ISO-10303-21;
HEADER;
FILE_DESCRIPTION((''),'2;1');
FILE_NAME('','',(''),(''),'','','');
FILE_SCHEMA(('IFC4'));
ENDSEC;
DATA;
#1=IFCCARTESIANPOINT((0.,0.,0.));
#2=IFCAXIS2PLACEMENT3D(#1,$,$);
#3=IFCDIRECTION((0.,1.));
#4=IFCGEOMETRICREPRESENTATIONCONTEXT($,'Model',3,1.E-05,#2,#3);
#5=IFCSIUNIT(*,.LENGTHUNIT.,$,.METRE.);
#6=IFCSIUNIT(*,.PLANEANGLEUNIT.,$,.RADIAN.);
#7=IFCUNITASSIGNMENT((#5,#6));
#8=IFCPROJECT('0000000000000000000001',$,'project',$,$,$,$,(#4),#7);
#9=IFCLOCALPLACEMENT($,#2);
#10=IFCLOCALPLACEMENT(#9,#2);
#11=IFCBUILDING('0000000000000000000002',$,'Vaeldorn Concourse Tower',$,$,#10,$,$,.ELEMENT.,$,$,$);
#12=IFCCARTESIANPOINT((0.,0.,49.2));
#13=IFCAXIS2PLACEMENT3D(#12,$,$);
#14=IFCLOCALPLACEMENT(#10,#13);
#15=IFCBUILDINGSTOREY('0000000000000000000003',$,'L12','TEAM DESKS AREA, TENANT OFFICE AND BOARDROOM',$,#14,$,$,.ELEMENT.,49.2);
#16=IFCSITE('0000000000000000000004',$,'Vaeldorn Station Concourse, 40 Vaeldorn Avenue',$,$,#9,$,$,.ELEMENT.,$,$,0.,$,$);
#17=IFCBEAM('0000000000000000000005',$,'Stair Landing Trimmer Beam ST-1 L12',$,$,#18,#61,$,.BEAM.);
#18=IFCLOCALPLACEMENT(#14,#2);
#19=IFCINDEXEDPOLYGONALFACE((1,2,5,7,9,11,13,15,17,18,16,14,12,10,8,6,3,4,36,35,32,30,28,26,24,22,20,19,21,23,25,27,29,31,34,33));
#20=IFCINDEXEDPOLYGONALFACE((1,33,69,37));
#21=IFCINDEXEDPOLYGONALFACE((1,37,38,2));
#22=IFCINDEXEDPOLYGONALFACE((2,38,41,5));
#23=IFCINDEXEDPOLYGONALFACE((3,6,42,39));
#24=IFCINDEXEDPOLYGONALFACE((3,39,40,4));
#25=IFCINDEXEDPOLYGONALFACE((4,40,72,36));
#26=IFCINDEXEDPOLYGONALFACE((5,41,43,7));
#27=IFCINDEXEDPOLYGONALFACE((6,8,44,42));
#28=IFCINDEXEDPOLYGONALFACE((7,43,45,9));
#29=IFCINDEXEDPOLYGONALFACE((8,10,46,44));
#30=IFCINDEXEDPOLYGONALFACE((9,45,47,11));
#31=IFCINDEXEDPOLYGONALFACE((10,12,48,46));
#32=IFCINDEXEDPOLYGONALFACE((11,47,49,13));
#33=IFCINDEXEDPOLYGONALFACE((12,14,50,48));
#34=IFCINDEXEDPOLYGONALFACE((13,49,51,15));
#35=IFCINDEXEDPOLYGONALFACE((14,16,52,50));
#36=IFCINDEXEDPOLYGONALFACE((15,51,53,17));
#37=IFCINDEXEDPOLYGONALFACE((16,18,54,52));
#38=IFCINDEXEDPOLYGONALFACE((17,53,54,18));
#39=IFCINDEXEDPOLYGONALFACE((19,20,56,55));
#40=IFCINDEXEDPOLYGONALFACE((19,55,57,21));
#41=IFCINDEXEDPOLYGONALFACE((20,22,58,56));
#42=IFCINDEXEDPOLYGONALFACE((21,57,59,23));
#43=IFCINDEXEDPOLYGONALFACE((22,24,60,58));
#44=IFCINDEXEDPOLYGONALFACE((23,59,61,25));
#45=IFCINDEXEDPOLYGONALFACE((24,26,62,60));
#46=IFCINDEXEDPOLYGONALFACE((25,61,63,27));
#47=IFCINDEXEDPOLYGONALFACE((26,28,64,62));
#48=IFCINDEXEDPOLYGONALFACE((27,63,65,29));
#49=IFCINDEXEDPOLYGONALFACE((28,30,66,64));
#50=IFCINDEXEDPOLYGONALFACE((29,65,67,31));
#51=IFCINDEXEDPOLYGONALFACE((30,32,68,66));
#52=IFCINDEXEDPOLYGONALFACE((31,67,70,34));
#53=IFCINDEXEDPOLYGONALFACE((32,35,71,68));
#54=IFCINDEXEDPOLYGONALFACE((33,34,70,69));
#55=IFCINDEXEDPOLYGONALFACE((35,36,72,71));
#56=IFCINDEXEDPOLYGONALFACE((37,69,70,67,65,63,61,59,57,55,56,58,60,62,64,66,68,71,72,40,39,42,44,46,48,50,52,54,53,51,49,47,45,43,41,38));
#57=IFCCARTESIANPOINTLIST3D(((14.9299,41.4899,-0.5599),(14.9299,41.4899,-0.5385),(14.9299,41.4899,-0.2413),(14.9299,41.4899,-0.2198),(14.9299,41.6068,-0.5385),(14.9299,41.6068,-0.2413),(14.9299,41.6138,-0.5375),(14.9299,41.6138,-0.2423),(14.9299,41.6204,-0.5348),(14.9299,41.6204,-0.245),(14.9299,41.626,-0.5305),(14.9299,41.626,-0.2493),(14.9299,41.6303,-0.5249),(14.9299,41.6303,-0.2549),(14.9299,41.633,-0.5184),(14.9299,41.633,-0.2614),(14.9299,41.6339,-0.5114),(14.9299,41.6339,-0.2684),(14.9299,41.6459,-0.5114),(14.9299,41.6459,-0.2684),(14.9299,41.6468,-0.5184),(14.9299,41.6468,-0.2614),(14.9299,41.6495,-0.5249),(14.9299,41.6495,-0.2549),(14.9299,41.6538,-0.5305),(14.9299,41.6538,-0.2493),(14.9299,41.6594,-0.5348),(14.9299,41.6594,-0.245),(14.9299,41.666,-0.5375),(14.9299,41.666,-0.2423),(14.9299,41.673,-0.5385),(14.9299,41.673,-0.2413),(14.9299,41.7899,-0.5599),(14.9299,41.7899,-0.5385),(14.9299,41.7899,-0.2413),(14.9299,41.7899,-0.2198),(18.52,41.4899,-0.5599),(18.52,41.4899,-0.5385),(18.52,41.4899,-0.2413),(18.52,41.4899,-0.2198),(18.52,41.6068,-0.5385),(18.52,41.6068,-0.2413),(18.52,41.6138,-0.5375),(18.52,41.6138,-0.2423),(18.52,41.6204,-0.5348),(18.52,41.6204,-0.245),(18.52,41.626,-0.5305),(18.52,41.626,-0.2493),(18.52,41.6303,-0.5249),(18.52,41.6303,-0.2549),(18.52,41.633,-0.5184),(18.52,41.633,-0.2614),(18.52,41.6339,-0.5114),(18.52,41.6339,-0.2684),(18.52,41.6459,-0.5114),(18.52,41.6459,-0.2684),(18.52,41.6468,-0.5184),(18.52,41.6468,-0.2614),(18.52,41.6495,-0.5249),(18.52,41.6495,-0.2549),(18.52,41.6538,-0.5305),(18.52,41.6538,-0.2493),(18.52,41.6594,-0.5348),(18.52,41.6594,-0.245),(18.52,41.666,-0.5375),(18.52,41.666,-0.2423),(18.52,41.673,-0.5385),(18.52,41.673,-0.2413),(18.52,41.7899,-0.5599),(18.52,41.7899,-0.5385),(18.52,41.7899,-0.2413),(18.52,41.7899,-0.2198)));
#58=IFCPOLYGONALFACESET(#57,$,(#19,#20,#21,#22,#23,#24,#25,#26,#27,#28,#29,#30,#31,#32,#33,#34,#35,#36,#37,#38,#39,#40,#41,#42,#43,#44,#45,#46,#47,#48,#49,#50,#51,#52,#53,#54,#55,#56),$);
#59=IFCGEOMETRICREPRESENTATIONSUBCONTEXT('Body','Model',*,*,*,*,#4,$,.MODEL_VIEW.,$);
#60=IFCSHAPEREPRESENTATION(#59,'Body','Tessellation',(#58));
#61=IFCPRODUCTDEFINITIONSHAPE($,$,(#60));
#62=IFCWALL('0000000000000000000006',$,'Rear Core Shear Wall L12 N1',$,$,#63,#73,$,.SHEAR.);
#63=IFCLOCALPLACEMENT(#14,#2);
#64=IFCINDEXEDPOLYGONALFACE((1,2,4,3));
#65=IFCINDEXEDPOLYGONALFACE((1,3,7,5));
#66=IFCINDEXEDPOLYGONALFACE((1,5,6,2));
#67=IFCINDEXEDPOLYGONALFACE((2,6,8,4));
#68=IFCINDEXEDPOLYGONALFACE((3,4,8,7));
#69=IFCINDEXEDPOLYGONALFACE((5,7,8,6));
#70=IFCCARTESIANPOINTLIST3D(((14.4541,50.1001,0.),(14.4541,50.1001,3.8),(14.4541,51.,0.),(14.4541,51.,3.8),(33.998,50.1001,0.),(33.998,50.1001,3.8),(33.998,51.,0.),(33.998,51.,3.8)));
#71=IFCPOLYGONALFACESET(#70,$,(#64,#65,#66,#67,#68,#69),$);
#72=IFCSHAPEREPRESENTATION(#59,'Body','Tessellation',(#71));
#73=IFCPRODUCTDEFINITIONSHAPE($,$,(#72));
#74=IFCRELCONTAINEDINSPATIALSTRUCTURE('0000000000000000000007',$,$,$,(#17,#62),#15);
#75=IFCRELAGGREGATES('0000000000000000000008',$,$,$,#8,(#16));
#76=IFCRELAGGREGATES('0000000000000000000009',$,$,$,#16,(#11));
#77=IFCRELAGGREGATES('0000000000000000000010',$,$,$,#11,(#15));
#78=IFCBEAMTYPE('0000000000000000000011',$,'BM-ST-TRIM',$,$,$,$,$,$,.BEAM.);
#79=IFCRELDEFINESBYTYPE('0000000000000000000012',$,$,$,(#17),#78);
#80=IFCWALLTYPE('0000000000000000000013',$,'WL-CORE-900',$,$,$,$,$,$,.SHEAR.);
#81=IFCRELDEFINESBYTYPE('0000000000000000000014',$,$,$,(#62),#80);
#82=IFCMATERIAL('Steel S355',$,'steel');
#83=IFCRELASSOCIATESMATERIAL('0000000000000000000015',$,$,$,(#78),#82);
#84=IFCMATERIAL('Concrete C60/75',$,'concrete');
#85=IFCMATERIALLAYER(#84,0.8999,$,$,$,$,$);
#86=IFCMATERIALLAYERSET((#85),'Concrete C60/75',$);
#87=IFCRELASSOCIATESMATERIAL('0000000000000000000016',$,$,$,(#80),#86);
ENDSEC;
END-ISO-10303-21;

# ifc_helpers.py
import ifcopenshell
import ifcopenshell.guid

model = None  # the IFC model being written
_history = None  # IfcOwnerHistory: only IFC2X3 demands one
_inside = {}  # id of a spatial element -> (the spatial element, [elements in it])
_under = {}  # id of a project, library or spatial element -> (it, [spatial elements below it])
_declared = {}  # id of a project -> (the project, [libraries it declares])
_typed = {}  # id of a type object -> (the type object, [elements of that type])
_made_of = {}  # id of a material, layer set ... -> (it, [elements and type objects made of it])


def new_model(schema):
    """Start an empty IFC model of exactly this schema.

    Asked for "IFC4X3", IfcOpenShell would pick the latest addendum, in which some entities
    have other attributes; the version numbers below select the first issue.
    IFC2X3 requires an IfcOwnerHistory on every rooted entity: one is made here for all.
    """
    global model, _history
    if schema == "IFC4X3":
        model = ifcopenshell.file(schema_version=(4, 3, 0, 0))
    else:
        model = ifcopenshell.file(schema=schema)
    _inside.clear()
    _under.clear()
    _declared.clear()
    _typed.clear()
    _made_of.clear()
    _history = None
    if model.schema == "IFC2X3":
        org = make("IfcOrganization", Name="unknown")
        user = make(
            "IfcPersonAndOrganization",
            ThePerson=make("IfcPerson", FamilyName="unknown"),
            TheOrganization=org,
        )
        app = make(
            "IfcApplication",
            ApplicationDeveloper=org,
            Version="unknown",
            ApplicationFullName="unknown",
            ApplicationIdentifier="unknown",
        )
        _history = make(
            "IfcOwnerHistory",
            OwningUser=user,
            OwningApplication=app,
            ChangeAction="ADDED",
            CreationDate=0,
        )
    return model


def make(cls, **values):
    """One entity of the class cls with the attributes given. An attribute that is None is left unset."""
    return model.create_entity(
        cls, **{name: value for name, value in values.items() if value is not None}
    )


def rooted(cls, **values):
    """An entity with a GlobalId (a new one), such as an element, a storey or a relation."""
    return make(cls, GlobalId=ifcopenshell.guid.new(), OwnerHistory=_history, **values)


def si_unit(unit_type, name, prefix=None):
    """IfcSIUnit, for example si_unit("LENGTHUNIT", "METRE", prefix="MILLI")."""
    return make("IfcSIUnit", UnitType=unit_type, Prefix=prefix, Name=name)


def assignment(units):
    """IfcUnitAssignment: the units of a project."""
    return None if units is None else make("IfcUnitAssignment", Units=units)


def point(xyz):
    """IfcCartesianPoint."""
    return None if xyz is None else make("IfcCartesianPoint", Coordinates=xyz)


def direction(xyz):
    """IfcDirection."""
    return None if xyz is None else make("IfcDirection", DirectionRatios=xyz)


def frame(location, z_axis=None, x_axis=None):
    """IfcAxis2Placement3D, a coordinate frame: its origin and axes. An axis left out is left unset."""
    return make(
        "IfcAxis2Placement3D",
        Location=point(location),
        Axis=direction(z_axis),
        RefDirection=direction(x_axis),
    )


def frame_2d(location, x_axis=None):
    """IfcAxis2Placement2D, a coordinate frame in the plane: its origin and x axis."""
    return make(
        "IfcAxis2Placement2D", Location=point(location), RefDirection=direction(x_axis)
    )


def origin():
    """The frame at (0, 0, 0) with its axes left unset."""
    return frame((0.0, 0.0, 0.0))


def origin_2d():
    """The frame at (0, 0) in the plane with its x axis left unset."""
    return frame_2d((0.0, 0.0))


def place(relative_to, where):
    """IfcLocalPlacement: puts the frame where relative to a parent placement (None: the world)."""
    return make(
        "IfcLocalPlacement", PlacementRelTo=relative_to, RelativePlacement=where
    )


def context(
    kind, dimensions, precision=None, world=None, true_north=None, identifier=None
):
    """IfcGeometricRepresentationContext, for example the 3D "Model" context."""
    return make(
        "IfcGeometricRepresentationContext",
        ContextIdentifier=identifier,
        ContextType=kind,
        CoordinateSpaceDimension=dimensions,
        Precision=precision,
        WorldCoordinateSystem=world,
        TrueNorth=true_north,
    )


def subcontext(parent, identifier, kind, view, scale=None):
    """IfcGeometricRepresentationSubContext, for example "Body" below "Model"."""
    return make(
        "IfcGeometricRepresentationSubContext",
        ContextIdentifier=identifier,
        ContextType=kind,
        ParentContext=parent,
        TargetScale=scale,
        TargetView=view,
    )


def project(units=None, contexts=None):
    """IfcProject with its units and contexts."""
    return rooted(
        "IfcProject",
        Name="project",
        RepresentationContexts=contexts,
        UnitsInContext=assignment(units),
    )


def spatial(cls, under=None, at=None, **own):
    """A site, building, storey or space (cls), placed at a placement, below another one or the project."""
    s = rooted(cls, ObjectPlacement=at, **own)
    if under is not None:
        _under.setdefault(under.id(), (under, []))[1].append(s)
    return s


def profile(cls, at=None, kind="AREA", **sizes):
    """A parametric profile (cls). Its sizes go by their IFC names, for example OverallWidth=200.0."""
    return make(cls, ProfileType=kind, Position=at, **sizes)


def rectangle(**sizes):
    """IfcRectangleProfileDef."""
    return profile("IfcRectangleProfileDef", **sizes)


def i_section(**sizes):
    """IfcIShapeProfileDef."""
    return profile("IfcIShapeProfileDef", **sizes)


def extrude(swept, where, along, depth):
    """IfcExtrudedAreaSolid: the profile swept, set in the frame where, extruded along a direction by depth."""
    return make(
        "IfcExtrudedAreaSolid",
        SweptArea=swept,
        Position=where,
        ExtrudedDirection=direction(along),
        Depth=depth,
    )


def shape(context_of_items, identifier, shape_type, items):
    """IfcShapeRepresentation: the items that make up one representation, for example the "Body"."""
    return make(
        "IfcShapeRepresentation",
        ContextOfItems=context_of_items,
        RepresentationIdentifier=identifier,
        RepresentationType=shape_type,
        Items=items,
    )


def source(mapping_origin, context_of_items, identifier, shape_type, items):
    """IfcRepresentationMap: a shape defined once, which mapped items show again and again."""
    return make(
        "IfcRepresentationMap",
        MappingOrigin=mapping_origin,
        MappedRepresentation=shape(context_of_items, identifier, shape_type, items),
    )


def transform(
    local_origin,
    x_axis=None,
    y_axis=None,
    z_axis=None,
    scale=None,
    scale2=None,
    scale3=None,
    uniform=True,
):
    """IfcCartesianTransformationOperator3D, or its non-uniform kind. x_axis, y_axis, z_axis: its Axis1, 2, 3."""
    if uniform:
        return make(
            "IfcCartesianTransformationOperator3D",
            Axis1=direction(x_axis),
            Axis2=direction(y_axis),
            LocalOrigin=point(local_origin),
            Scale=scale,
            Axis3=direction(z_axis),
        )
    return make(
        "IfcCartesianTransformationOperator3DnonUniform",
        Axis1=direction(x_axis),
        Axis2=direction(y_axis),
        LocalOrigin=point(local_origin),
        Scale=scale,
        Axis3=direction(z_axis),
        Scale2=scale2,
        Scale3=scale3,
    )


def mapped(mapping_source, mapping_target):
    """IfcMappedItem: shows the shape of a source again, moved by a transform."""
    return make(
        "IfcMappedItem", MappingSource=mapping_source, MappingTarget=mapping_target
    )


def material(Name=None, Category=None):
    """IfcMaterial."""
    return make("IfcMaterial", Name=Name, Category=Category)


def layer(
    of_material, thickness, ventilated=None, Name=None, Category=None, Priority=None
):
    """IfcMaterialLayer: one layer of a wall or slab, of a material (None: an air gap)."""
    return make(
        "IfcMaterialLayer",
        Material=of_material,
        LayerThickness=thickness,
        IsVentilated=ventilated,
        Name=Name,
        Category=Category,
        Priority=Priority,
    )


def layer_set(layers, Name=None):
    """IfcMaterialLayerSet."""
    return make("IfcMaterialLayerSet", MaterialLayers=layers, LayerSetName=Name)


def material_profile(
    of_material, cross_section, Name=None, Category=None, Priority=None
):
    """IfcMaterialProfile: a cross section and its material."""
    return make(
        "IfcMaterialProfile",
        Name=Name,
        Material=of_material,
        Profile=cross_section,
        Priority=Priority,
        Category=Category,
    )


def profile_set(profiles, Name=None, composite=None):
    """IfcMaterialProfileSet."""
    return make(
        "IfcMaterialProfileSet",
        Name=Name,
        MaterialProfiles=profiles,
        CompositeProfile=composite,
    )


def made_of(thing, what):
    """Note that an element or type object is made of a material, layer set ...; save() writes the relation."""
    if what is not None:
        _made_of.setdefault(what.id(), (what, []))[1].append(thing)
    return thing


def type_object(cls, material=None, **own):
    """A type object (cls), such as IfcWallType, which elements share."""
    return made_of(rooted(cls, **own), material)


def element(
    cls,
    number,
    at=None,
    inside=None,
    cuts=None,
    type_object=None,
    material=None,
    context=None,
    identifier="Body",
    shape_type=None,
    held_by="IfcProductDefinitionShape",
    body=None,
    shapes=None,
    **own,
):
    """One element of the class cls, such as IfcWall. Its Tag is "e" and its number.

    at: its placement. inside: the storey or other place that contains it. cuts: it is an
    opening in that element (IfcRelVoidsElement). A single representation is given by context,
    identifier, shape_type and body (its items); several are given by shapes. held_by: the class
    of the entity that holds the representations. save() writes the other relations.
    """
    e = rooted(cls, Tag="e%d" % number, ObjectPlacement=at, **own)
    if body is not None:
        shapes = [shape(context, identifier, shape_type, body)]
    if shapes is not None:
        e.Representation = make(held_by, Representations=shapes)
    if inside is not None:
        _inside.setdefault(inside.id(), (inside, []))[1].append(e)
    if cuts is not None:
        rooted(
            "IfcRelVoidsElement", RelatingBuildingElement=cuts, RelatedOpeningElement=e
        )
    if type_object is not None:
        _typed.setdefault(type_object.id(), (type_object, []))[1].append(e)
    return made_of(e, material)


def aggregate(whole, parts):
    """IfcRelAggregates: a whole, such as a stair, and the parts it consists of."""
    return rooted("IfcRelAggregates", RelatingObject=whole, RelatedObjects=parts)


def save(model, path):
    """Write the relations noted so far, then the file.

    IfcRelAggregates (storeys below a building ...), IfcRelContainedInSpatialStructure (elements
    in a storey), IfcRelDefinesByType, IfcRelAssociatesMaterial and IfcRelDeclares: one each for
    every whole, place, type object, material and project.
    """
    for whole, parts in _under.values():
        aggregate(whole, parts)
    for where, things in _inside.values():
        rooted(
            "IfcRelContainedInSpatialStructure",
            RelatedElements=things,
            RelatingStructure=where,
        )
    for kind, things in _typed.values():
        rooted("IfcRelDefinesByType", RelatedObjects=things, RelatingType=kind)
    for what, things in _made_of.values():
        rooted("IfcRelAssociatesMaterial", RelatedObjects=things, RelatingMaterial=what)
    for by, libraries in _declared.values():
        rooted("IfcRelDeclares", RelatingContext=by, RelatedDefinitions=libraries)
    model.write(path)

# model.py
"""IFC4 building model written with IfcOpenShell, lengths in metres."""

from ifc_helpers import new_model, si_unit, direction, frame, frame_2d, origin, origin_2d, place, context, subcontext, project, spatial, rectangle, i_section, extrude, source, transform, mapped, material, layer, layer_set, material_profile, profile_set, type_object, element, save


model = new_model("IFC4")

# Units and contexts
model_context = context("Model", 3, precision=1e-05, world=origin(), true_north=direction((0.0, 1.0)))
body_context = subcontext(model_context, "Body", "Model", "MODEL_VIEW")
ifc_project = project(units=[si_unit("LENGTHUNIT", "METRE"), si_unit("PLANEANGLEUNIT", "RADIAN")], contexts=[model_context])

# Site, building, storey
site_placement = place(None, origin())
site = spatial("IfcSite", under=ifc_project, at=site_placement, Name="Vaeldorn Station Concourse, 40 Vaeldorn Avenue", CompositionType="ELEMENT", RefElevation=0.0)
building_placement = place(site_placement, origin())
building = spatial("IfcBuilding", under=site, at=building_placement, Name="Vaeldorn Concourse Tower", CompositionType="ELEMENT")
storey_placement = place(building_placement, frame((0.0, 0.0, 49.2)))
storey = spatial("IfcBuildingStorey", under=building, at=storey_placement, Name="L12", Description="TEAM DESKS AREA, TENANT OFFICE AND BOARDROOM", CompositionType="ELEMENT", Elevation=49.2)

# Beam
ifc_material_1 = material(Name="Steel S355", Category="steel")
ifc_material_profile = material_profile(ifc_material_1, i_section(OverallWidth=0.3, OverallDepth=0.3401, WebThickness=0.012, FlangeThickness=0.0215, FilletRadius=0.0271, at=origin_2d()), Name="HEB 340")
ifc_profile_set = profile_set([ifc_material_profile], Name="Steel S355")
beam_type = type_object("IfcBeamType", Name="BM-ST-TRIM", PredefinedType="BEAM", material=ifc_profile_set)
shared_shape_1 = source(origin(), body_context, "Body", "SweptSolid", [
    extrude(i_section(OverallWidth=0.3, OverallDepth=0.3401, WebThickness=0.012, FlangeThickness=0.0215, FilletRadius=0.0271, at=origin_2d()), origin(), (0.0, 0.0, 1.0), 3.5901),
])
beam_placement = place(storey_placement, frame((14.9299, 41.6399, -0.3899), z_axis=(1.0, 0.0, 0.0), x_axis=(0.0, 1.0, 0.0)))
element("IfcBeam", 1, at=beam_placement, inside=storey, type_object=beam_type, Name="Stair Landing Trimmer Beam ST-1 L12", PredefinedType="BEAM", context=body_context, shape_type="MappedRepresentation", body=[
    mapped(shared_shape_1, transform((0.0, 0.0, 0.0), scale=1.0)),
])

# Wall
ifc_material_2 = material(Name="Concrete C60/75", Category="concrete")
ifc_layer_1 = layer(ifc_material_2, 0.8999)
ifc_layer_set_1 = layer_set([ifc_layer_1], Name="Concrete C60/75")
wall_type_1 = type_object("IfcWallType", Name="WL-CORE-900", PredefinedType="SHEAR", material=ifc_layer_set_1)
wall_1_placement = place(storey_placement, frame((14.4541, 50.55, 0.0), z_axis=(0.0, 0.0, 1.0), x_axis=(1.0, 0.0, 0.0)))
element("IfcWall", 2, at=wall_1_placement, inside=storey, type_object=wall_type_1, Name="Rear Core Shear Wall L12 N1", PredefinedType="SHEAR", context=body_context, shape_type="SweptSolid", body=[
    extrude(rectangle(XDim=19.5439, YDim=0.8999, at=frame_2d((9.772, 0.0))), origin(), (0.0, 0.0, 1.0), 3.8),
])

save(model, "model.ifc")
